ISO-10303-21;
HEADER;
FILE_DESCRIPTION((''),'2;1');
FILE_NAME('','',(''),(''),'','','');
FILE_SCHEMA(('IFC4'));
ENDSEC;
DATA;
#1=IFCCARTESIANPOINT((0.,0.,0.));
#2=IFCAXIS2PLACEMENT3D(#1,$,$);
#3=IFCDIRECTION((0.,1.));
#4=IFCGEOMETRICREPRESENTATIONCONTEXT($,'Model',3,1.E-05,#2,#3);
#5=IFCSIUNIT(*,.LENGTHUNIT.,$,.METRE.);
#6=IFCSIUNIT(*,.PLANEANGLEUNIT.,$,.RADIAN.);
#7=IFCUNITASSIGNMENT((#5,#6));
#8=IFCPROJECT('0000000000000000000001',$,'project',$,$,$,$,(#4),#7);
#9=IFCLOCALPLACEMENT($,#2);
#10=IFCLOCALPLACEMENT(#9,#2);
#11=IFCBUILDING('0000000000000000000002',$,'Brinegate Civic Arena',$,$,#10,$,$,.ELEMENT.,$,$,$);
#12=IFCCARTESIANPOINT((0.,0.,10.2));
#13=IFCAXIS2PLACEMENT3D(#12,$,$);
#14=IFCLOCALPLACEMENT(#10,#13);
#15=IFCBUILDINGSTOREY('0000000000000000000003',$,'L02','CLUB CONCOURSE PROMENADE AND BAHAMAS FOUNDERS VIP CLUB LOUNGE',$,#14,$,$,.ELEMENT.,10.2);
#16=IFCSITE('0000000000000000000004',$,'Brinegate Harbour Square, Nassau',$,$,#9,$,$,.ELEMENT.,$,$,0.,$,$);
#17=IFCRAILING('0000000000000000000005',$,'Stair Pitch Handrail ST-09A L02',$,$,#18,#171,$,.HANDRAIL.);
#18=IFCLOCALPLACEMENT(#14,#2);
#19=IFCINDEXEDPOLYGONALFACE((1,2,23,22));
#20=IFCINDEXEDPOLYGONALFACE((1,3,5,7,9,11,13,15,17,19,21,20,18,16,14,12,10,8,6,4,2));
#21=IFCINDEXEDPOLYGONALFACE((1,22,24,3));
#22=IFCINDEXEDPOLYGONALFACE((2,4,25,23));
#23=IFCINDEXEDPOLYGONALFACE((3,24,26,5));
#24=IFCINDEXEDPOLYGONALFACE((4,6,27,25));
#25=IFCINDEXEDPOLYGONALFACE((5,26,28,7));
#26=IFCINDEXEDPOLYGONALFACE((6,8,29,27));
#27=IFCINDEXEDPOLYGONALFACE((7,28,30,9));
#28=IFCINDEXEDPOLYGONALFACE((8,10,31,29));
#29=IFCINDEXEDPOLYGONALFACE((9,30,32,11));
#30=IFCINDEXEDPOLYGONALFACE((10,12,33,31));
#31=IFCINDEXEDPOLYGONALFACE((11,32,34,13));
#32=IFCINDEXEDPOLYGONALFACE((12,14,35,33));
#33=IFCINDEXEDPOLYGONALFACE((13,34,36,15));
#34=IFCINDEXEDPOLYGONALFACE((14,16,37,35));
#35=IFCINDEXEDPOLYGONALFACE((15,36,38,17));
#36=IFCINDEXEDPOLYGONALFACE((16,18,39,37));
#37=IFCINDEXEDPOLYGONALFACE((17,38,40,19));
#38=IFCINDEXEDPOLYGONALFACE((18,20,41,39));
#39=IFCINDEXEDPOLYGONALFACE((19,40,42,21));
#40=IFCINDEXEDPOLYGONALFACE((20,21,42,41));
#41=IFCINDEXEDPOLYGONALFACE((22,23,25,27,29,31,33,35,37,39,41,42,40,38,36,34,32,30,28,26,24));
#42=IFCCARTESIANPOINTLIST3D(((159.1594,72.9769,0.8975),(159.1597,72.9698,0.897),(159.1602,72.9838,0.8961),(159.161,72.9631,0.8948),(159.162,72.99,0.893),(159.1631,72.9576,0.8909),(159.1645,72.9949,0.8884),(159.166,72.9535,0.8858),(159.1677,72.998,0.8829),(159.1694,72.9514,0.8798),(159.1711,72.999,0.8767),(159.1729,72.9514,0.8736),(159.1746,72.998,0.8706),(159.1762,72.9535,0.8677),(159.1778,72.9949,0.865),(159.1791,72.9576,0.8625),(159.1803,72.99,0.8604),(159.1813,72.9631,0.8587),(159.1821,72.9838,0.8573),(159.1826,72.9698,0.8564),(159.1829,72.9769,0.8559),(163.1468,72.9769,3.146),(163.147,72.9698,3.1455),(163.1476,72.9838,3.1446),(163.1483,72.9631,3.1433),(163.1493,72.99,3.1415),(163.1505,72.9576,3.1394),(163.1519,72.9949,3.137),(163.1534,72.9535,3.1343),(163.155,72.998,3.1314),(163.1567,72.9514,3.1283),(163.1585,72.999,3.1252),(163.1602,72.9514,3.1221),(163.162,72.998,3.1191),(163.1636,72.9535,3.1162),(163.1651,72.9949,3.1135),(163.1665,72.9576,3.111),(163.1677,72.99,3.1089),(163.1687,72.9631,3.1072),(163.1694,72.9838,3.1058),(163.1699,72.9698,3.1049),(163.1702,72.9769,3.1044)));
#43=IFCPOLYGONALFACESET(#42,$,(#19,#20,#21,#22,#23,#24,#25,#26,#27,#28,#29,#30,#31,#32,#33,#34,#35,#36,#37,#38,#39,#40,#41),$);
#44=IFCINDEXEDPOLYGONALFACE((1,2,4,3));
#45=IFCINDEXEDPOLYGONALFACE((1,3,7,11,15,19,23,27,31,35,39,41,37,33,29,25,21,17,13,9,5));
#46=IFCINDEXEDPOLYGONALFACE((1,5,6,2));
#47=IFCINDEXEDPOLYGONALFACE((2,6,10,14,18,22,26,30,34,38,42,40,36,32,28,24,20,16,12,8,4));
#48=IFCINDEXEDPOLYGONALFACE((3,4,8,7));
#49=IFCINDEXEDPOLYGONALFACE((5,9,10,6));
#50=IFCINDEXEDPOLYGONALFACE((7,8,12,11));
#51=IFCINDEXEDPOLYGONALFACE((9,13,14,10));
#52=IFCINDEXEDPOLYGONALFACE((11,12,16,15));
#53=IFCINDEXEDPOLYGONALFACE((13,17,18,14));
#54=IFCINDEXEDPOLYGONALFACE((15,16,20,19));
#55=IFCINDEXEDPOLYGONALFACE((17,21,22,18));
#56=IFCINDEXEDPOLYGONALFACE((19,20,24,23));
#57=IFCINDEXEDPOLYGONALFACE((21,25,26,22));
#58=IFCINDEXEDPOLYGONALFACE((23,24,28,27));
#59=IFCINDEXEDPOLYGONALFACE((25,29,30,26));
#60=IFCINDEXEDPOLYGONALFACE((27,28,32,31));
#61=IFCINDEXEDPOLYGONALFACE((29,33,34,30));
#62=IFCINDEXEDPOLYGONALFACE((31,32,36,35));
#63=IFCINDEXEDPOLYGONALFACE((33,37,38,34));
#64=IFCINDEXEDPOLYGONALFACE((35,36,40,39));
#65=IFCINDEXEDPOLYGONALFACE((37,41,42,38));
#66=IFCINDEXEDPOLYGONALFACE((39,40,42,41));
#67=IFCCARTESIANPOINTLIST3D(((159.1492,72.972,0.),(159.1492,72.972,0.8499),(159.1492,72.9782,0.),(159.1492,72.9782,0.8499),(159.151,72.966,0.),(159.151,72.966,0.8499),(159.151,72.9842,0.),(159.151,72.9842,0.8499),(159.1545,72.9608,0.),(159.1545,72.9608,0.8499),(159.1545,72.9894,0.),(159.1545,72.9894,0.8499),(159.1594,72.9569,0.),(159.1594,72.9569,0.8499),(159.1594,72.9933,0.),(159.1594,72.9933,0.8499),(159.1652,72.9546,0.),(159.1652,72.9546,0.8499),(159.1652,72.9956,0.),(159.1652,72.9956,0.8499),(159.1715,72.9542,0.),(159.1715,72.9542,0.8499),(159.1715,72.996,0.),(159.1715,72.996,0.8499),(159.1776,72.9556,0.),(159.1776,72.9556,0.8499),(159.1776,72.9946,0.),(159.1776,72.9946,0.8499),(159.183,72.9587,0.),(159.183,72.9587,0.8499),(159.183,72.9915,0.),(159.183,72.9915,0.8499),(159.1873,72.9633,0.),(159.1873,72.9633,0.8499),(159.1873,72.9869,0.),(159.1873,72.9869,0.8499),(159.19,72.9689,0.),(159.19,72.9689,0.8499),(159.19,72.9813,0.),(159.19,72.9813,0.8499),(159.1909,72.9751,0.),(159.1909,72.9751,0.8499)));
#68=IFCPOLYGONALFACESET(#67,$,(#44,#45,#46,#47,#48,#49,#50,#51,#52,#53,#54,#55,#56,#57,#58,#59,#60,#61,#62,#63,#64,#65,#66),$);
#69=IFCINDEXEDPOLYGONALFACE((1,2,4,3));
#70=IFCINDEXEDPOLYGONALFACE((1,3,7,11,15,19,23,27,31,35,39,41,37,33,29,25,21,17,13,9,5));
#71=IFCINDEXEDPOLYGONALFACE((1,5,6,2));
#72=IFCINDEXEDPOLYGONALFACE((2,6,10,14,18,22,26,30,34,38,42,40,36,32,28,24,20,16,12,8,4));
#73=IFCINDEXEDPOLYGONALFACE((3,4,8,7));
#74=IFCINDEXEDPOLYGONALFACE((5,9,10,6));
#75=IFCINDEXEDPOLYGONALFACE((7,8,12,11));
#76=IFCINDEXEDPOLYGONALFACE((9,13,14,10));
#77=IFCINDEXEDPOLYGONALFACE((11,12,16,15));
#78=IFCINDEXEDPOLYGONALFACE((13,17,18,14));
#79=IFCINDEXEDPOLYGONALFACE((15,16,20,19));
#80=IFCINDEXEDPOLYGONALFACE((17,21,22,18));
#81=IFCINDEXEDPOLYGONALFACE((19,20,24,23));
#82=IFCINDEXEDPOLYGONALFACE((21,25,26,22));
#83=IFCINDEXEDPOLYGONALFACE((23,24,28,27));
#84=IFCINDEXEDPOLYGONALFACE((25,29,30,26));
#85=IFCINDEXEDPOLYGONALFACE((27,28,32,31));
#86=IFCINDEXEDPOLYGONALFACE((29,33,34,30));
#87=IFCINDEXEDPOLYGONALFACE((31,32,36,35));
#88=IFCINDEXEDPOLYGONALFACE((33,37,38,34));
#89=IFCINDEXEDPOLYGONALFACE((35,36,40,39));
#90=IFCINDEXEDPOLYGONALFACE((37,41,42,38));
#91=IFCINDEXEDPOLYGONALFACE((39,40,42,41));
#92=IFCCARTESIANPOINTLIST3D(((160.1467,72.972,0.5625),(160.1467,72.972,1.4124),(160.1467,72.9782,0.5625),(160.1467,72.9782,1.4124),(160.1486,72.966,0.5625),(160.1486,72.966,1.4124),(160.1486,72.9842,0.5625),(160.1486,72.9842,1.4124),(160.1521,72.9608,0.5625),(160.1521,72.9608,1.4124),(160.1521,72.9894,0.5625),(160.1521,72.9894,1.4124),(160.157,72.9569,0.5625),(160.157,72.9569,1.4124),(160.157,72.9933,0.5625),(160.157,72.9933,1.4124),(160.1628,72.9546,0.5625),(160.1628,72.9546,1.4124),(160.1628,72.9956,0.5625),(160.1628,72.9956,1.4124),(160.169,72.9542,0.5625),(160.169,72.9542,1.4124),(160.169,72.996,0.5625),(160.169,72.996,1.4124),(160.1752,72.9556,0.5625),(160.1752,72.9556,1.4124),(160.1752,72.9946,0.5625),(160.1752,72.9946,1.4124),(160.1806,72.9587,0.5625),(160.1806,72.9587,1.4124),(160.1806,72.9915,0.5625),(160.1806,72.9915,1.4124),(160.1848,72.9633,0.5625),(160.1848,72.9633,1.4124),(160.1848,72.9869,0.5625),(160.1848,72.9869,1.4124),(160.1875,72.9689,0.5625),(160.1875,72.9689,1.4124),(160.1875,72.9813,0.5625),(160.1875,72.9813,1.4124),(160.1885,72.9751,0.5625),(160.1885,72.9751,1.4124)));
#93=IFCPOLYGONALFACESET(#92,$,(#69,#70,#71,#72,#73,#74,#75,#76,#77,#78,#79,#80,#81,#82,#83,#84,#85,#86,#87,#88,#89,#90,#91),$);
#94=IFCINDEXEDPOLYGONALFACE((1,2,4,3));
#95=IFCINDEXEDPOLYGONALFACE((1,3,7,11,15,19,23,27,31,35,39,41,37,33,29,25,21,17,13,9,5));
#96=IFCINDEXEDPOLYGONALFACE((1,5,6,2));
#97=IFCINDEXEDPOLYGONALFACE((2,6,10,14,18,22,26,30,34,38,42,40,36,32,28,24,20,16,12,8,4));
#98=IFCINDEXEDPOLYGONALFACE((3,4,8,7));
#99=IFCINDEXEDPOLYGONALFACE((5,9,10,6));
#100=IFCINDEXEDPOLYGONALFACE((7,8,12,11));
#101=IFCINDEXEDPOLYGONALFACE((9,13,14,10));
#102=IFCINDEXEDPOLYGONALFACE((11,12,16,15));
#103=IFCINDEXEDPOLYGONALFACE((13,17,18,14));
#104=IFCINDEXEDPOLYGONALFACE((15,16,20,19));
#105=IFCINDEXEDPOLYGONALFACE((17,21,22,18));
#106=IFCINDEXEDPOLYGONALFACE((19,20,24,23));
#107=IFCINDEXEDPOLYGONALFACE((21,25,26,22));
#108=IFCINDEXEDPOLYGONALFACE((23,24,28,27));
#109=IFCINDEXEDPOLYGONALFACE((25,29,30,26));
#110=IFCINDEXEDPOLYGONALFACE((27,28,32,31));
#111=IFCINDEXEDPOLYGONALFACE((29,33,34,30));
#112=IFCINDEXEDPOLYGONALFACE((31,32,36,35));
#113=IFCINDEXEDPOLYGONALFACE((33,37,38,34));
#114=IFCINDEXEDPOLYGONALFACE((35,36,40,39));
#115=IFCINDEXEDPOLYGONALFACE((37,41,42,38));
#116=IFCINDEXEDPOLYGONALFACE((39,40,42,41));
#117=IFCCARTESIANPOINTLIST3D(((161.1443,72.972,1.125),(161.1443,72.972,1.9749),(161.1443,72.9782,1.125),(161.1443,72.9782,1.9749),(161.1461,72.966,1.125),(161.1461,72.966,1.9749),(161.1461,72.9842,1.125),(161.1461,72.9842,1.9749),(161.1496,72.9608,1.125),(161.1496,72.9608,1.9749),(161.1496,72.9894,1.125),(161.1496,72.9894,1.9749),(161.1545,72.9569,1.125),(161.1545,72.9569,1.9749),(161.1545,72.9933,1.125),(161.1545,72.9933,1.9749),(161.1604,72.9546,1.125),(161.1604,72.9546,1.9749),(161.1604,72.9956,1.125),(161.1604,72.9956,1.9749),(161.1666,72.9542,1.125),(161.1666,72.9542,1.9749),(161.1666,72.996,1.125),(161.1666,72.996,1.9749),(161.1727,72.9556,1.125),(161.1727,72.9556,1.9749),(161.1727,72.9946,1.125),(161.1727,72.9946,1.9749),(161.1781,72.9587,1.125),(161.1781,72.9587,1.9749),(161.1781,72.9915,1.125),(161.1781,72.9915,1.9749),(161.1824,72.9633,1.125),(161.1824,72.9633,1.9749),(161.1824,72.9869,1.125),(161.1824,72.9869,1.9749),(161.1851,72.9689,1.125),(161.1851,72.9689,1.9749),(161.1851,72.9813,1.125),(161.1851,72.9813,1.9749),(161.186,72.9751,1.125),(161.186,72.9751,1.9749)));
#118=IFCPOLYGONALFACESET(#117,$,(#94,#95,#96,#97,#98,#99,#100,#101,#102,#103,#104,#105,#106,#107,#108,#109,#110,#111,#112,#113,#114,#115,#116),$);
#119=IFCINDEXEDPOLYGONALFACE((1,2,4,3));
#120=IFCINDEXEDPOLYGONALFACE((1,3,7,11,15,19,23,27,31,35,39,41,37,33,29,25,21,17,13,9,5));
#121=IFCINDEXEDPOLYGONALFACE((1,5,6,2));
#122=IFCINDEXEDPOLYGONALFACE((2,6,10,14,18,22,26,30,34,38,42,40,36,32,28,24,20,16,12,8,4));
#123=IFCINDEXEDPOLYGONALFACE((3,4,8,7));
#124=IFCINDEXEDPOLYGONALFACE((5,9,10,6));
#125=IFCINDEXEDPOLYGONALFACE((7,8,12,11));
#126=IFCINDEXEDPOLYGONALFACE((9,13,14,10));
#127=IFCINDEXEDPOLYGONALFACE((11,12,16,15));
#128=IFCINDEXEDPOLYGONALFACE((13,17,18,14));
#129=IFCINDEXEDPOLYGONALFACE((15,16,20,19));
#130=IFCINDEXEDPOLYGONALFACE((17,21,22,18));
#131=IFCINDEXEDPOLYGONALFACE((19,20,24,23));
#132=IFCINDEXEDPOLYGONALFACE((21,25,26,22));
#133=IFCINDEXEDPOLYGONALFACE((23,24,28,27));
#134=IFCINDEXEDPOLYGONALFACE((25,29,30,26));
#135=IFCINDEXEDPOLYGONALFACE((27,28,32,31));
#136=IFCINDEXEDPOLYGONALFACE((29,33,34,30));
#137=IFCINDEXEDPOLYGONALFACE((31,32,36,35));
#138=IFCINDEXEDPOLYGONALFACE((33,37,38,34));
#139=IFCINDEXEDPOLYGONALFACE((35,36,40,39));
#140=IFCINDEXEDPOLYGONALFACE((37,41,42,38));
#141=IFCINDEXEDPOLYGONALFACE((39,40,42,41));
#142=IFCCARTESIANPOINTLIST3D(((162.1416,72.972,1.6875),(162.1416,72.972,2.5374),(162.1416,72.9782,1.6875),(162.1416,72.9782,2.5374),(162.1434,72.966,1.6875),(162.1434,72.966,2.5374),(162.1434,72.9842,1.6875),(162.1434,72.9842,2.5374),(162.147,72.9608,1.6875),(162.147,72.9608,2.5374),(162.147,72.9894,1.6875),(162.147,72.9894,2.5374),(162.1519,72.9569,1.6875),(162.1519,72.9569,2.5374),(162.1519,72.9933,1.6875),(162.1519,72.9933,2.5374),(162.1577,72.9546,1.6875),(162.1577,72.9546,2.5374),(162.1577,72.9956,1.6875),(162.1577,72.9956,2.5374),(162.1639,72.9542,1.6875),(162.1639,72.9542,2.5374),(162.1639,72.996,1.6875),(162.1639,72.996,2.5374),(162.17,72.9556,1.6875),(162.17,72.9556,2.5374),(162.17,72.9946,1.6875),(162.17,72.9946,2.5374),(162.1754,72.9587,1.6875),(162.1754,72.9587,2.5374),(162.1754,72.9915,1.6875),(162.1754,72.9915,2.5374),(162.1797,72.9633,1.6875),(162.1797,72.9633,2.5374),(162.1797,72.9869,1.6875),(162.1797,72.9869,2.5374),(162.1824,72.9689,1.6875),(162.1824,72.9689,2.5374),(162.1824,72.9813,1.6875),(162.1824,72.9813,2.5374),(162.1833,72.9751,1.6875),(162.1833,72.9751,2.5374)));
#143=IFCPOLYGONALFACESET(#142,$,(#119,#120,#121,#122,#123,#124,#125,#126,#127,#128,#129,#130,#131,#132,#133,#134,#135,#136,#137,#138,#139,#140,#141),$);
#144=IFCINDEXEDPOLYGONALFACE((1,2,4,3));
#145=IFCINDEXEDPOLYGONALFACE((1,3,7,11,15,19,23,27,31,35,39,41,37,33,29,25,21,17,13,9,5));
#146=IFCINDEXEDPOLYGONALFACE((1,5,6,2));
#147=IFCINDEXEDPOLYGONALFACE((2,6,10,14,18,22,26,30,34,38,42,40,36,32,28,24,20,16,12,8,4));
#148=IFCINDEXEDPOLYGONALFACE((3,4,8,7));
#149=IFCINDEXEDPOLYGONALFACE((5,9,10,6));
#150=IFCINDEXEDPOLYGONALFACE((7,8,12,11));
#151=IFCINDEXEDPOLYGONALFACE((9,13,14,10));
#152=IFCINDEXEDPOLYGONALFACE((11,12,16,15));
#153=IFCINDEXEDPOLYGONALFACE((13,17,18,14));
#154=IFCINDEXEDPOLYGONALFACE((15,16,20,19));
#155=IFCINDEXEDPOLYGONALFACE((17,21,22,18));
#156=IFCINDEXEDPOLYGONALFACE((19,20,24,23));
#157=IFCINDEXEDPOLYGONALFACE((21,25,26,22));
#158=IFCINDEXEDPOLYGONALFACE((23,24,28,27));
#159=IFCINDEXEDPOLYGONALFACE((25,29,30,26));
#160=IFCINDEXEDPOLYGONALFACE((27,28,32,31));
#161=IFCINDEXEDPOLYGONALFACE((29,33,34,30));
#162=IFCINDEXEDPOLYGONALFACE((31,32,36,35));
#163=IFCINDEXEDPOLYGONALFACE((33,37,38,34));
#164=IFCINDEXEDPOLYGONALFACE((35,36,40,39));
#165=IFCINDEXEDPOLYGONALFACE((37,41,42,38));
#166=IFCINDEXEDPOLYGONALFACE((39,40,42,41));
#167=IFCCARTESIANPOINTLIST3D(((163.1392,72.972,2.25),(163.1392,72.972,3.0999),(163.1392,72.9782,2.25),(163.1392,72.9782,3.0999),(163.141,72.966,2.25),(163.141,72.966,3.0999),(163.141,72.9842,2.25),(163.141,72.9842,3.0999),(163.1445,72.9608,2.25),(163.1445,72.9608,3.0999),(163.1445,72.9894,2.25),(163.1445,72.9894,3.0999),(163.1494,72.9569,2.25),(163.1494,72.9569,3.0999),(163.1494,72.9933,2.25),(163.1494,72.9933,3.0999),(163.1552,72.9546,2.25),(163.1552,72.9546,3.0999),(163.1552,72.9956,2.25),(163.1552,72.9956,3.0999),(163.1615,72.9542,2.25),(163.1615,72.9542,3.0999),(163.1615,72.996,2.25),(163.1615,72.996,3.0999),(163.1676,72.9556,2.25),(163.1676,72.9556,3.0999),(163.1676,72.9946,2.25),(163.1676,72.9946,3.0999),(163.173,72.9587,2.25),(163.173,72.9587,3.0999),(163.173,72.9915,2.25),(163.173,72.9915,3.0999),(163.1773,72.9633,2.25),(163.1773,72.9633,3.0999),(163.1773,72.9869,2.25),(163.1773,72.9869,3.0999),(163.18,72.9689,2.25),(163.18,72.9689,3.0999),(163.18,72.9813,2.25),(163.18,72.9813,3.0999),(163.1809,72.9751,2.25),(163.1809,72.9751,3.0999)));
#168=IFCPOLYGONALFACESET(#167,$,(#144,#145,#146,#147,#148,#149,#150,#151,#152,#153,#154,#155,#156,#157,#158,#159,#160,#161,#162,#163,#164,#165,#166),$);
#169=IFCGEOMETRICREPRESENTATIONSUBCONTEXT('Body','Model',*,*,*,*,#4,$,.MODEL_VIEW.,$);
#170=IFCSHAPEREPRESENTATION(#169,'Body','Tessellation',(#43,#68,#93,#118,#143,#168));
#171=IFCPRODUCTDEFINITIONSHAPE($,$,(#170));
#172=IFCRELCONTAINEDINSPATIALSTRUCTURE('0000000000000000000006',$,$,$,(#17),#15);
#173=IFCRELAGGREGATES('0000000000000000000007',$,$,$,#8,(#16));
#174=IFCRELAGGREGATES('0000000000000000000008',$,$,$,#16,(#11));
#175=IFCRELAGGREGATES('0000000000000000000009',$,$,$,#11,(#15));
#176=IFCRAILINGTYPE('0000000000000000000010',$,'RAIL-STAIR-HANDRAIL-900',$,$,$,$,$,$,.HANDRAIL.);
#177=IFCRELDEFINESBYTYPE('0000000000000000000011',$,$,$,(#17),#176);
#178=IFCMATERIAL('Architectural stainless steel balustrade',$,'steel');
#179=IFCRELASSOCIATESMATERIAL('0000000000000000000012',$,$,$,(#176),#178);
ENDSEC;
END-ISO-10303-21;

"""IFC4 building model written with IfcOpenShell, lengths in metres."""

from ifc_helpers import new_model, si_unit, direction, frame, origin, origin_2d, place, context, subcontext, project, spatial, circle, extrude, material, type_object, element, save


model = new_model("IFC4")

# Units and contexts
model_context = context("Model", 3, precision=1e-05, world=origin(), true_north=direction((0.0, 1.0)))
body_context = subcontext(model_context, "Body", "Model", "MODEL_VIEW")
ifc_project = project(units=[si_unit("LENGTHUNIT", "METRE"), si_unit("PLANEANGLEUNIT", "RADIAN")], contexts=[model_context])

# Site, building, storey
site_placement = place(None, origin())
site = spatial("IfcSite", under=ifc_project, at=site_placement, Name="Brinegate Harbour Square, Nassau", CompositionType="ELEMENT", RefElevation=0.0)
building_placement = place(site_placement, origin())
building = spatial("IfcBuilding", under=site, at=building_placement, Name="Brinegate Civic Arena", CompositionType="ELEMENT")
storey_placement = place(building_placement, frame((0.0, 0.0, 10.2)))
storey = spatial("IfcBuildingStorey", under=building, at=storey_placement, Name="L02", Description="CLUB CONCOURSE PROMENADE AND BAHAMAS FOUNDERS VIP CLUB LOUNGE", CompositionType="ELEMENT", Elevation=10.2)

# Railing
ifc_material_1 = material(Name="Architectural stainless steel balustrade", Category="steel")
railing_type = type_object("IfcRailingType", Name="RAIL-STAIR-HANDRAIL-900", PredefinedType="HANDRAIL", material=ifc_material_1)
railing_placement = place(storey_placement, frame((159.1699, 72.9751, 0.0)))
element("IfcRailing", 1, at=railing_placement, inside=storey, type_object=railing_type, Name="Stair Pitch Handrail ST-09A L02", PredefinedType="HANDRAIL", context=body_context, shape_type="SweptSolid", body=[
    extrude(circle(Radius=0.0239, at=origin_2d()), frame((0.0012, 0.0, 0.8767), z_axis=(0.87105, 0.0, 0.491195), x_axis=(0.0, 1.0, 0.0)), (0.0, 0.0, 1.0), 4.5776),
    extrude(circle(Radius=0.021, at=origin_2d()), origin(), (0.0, 0.0, 1.0), 0.8499),
    extrude(circle(Radius=0.021, at=origin_2d()), frame((0.9976, 0.0, 0.5625)), (0.0, 0.0, 1.0), 0.8499),
    extrude(circle(Radius=0.021, at=origin_2d()), frame((1.9951, 0.0, 1.125)), (0.0, 0.0, 1.0), 0.8499),
    extrude(circle(Radius=0.021, at=origin_2d()), frame((2.9924, 0.0, 1.6875)), (0.0, 0.0, 1.0), 0.8499),
    extrude(circle(Radius=0.021, at=origin_2d()), frame((3.99, 0.0, 2.25)), (0.0, 0.0, 1.0), 0.8499),
])

save(model, "model.ifc")
